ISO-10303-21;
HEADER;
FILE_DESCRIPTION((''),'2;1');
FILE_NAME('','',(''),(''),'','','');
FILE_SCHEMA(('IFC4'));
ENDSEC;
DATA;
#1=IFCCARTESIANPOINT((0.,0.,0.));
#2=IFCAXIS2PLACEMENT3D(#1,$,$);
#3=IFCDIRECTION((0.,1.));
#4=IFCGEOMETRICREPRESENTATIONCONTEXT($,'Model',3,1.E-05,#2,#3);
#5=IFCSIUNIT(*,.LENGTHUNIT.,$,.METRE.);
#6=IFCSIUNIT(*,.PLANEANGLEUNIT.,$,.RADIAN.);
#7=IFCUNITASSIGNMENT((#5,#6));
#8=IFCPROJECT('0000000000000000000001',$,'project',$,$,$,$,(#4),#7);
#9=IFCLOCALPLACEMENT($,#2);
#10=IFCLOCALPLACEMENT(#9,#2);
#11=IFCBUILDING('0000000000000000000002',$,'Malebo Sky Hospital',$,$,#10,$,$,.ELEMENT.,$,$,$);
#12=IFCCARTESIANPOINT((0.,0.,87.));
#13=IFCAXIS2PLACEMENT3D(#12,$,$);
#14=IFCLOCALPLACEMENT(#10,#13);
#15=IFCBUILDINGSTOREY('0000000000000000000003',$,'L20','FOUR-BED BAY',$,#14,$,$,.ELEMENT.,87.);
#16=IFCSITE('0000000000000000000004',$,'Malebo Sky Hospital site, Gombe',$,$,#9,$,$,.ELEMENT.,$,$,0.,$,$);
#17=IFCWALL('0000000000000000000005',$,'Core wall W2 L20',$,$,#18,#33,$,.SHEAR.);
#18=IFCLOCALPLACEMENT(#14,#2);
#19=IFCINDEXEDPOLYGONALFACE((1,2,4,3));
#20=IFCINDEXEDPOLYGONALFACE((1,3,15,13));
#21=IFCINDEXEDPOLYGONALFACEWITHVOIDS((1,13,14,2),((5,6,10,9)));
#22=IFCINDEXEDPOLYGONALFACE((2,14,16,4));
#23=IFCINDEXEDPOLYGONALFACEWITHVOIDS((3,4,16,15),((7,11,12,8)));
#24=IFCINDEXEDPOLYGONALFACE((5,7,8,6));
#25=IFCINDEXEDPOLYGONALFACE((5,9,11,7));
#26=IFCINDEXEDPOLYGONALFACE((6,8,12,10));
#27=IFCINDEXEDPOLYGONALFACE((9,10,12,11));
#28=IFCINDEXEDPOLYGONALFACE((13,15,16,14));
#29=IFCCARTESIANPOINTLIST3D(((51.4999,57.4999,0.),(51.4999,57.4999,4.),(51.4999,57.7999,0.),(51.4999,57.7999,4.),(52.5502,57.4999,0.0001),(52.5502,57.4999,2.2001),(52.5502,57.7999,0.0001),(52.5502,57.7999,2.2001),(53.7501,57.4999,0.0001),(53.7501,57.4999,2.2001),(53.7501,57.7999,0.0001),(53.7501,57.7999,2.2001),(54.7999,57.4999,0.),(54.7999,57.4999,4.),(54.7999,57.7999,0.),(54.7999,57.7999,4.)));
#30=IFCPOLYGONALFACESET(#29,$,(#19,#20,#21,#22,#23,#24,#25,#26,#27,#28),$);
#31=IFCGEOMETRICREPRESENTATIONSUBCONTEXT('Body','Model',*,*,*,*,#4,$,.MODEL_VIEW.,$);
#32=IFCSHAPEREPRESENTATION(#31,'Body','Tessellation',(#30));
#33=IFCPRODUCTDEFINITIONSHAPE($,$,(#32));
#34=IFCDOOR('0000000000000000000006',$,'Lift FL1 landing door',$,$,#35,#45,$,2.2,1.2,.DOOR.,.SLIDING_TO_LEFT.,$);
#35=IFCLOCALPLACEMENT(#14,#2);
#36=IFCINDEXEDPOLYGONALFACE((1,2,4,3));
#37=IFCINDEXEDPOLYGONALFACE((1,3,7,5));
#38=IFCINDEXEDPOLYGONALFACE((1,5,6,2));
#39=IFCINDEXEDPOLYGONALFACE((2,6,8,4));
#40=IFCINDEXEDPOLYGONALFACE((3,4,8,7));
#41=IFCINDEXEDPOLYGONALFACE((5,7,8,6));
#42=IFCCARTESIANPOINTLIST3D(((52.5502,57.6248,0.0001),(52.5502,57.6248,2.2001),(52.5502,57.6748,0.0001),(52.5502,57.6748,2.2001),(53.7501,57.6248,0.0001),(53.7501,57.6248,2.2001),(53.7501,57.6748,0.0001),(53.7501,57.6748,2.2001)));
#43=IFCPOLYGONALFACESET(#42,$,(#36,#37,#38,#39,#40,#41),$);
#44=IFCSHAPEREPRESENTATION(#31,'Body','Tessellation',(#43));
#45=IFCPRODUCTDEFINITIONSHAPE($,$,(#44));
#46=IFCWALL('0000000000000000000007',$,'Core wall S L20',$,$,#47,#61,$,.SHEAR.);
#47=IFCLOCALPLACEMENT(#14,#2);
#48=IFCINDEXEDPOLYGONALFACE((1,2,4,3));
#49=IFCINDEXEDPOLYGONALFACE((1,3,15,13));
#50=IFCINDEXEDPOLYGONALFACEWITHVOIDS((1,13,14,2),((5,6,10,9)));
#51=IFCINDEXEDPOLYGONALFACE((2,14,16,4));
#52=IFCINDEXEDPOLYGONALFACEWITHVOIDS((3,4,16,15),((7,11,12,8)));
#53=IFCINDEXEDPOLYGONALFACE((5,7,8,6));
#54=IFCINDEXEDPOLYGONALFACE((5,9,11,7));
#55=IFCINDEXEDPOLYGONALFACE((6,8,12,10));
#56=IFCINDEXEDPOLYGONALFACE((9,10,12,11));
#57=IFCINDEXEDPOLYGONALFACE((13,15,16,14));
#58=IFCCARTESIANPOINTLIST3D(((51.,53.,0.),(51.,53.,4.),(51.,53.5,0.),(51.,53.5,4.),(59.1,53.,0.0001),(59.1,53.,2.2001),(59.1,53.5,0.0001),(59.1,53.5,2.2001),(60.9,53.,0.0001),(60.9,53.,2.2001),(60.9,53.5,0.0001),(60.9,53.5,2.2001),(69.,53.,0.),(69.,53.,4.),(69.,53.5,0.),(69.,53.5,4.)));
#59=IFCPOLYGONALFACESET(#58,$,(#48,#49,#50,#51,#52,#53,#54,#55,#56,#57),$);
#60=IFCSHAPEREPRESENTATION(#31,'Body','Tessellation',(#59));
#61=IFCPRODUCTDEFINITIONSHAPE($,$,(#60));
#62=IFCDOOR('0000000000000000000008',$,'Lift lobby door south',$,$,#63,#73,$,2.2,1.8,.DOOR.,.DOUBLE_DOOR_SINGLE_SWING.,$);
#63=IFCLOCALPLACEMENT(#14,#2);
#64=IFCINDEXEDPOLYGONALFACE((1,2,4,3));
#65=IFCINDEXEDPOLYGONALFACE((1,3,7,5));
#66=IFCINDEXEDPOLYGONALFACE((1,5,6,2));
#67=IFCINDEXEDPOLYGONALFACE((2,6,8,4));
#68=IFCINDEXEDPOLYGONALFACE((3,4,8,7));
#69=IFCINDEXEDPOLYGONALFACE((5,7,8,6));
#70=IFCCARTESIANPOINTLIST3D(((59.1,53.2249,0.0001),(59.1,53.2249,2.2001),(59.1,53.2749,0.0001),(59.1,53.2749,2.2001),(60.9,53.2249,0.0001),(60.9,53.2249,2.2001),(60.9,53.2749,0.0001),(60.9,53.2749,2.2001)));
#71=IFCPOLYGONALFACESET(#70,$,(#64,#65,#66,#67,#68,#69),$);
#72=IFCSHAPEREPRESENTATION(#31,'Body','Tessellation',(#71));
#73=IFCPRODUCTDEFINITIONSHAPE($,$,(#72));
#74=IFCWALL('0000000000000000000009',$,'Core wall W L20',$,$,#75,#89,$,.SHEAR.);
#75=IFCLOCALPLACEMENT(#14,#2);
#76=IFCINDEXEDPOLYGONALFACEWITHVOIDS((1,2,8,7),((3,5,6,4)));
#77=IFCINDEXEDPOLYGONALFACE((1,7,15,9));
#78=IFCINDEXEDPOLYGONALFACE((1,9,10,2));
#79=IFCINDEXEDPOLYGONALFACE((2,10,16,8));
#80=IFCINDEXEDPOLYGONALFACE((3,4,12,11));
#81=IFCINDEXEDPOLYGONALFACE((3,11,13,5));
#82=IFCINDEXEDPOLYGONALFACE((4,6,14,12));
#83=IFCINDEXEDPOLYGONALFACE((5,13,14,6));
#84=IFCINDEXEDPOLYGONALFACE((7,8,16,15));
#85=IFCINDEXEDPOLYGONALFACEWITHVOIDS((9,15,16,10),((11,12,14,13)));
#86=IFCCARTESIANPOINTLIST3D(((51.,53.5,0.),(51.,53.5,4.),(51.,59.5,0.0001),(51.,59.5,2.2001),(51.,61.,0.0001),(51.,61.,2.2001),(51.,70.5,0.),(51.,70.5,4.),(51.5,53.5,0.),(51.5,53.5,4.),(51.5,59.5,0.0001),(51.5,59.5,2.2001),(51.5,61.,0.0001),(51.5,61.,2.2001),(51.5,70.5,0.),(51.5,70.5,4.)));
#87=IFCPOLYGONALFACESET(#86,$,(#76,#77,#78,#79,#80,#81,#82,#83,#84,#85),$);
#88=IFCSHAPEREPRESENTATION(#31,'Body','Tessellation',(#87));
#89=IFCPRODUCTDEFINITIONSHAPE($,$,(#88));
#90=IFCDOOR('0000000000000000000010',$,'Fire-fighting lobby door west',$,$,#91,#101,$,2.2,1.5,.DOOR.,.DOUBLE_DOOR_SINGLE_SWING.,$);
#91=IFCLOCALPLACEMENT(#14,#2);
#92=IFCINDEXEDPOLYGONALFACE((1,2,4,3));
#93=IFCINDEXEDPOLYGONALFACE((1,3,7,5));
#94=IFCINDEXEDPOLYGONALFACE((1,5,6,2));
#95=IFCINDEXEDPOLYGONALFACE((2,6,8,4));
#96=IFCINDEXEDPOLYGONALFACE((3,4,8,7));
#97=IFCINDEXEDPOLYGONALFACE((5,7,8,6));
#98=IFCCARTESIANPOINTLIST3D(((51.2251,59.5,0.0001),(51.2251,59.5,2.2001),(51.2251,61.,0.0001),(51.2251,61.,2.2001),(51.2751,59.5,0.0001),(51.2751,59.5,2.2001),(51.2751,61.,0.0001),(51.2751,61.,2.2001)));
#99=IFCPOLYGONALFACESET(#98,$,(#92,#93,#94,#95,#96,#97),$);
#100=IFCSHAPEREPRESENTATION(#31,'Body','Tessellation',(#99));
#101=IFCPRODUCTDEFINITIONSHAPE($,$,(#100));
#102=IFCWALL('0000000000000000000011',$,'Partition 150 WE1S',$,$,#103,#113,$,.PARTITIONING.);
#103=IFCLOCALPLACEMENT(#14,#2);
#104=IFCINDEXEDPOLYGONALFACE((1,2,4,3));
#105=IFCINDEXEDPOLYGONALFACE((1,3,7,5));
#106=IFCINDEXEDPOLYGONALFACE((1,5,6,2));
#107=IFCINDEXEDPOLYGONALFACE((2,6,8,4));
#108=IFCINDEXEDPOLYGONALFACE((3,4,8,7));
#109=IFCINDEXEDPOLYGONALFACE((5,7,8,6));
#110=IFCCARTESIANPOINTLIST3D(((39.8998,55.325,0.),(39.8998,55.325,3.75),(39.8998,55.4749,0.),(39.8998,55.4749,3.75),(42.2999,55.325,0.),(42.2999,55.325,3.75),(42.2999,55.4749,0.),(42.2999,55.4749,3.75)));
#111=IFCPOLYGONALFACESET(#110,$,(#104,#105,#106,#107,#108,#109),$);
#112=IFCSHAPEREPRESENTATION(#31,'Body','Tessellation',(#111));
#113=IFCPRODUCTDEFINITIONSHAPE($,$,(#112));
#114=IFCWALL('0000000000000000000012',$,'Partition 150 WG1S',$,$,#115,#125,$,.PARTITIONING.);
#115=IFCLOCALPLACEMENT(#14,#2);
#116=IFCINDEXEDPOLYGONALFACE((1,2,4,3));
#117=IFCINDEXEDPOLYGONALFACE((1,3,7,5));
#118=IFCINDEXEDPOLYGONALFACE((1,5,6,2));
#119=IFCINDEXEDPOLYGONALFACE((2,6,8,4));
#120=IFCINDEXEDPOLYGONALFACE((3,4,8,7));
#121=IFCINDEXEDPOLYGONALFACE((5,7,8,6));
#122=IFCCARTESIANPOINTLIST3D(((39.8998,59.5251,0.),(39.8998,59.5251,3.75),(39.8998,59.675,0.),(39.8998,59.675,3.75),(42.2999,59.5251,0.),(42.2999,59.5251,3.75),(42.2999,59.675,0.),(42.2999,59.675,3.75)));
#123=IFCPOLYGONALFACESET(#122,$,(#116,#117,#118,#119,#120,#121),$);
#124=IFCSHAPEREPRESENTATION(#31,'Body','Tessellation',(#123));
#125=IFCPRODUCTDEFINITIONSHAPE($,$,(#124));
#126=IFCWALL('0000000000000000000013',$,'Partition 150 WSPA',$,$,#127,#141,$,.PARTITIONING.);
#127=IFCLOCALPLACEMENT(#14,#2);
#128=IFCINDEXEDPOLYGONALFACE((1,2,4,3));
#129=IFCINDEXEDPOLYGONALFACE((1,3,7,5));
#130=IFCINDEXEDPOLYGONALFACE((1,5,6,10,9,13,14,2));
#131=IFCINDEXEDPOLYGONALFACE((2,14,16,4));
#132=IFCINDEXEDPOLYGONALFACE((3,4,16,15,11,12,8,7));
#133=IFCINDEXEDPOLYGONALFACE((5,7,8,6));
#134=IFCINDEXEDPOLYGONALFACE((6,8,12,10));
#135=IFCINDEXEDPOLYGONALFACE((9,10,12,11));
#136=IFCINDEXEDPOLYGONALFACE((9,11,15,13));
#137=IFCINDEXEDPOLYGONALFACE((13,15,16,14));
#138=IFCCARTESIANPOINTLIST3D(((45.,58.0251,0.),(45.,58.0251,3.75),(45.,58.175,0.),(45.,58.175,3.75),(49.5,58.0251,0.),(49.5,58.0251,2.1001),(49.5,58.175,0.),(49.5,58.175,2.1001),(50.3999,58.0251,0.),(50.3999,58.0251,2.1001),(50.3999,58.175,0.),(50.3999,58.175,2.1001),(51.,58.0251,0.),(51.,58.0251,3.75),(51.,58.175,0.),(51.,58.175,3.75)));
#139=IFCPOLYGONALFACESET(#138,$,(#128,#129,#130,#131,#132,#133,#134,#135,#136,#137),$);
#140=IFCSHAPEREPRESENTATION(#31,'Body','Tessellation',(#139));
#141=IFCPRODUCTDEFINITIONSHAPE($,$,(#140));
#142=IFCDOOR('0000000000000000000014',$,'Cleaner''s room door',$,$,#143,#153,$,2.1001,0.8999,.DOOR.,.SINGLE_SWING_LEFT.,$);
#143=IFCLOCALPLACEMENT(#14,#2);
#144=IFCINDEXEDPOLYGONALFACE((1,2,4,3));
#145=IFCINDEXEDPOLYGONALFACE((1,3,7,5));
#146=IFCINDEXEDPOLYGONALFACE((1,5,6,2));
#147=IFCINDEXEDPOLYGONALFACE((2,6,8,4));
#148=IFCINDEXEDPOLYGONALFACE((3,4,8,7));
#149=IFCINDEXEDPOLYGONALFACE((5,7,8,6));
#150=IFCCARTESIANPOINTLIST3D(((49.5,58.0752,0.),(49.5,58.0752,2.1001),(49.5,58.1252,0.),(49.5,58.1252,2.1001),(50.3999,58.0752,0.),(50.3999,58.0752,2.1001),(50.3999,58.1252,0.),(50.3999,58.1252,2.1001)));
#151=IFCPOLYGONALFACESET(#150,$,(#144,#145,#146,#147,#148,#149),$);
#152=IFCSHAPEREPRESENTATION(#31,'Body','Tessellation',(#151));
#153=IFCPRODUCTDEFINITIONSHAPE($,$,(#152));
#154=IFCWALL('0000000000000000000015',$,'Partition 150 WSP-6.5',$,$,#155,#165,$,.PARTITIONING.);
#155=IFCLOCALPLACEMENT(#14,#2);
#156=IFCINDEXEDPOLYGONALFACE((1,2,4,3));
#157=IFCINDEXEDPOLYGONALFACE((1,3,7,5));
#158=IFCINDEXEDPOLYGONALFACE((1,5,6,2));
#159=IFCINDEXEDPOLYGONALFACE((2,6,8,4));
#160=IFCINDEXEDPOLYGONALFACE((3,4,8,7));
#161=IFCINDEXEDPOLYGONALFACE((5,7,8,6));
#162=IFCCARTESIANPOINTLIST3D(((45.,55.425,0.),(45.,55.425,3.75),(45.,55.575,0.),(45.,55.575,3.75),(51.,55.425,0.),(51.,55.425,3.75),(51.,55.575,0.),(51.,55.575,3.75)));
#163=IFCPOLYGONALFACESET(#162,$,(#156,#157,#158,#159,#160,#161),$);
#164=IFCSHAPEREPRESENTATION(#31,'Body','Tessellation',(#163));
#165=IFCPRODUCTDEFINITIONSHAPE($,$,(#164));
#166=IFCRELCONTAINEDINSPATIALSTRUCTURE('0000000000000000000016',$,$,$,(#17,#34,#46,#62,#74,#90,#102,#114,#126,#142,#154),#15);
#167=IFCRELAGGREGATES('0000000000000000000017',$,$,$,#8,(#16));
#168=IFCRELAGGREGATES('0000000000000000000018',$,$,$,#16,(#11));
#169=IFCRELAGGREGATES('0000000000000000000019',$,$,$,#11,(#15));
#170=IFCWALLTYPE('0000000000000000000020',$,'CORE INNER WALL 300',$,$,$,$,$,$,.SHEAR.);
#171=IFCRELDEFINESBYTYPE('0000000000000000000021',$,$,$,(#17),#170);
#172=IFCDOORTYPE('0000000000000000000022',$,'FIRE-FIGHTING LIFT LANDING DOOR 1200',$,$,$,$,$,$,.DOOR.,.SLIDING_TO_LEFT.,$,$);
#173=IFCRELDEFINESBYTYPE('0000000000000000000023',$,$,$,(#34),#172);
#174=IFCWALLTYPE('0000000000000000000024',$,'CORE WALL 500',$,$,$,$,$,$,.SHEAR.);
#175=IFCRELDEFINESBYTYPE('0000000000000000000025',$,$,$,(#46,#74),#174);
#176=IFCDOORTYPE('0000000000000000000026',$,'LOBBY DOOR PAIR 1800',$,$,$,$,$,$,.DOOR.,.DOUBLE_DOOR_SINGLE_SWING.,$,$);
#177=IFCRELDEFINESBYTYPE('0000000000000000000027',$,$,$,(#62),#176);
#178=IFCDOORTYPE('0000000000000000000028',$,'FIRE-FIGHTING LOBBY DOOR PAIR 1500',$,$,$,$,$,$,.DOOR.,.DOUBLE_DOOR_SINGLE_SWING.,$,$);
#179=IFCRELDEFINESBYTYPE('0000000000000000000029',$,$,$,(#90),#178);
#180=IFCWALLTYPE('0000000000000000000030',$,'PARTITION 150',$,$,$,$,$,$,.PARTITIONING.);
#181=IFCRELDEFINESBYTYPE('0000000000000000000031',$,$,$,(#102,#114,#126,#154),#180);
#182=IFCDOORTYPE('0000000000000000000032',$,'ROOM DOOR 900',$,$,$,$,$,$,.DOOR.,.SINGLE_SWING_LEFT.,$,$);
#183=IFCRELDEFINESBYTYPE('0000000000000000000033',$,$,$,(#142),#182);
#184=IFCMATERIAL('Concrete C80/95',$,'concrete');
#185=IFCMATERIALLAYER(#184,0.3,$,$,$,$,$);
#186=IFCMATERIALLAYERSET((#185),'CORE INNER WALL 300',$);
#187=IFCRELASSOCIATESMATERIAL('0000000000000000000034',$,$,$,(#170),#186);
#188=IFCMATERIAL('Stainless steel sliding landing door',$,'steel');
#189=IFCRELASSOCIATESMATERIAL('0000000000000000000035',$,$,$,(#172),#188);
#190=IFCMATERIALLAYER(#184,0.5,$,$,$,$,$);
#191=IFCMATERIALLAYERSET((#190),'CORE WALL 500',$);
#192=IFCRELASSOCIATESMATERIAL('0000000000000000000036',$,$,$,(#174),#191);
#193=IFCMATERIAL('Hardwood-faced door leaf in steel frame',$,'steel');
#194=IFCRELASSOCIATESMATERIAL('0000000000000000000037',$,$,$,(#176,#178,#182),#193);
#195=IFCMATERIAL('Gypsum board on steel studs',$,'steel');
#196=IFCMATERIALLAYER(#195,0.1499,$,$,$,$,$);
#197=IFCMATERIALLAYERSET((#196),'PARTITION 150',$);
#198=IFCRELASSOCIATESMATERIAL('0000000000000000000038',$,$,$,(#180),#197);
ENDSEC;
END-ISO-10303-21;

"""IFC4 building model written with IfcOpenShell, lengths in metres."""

from ifc_helpers import new_model, si_unit, direction, frame, frame_2d, origin, place, context, subcontext, project, spatial, rectangle, extrude, material, layer, layer_set, type_object, element, fill, save


model = new_model("IFC4")

# Units and contexts
model_context = context("Model", 3, precision=1e-05, world=origin(), true_north=direction((0.0, 1.0)))
body_context = subcontext(model_context, "Body", "Model", "MODEL_VIEW")
ifc_project = project(units=[si_unit("LENGTHUNIT", "METRE"), si_unit("PLANEANGLEUNIT", "RADIAN")], contexts=[model_context])

# Site, building, storey
site_placement = place(None, origin())
site = spatial("IfcSite", under=ifc_project, at=site_placement, Name="Malebo Sky Hospital site, Gombe", CompositionType="ELEMENT", RefElevation=0.0)
building_placement = place(site_placement, origin())
building = spatial("IfcBuilding", under=site, at=building_placement, Name="Malebo Sky Hospital", CompositionType="ELEMENT")
storey_placement = place(building_placement, frame((0.0, 0.0, 87.0)))
storey = spatial("IfcBuildingStorey", under=building, at=storey_placement, Name="L20", Description="FOUR-BED BAY", CompositionType="ELEMENT", Elevation=87.0)

# Shared definitions
ifc_material_1 = material(Name="Concrete C80/95", Category="concrete")
ifc_material_2 = material(Name="Stainless steel sliding landing door", Category="steel")

# Shared definitions
ifc_layer_1 = layer(ifc_material_1, 0.3)
ifc_layer_set_1 = layer_set([ifc_layer_1], Name="CORE INNER WALL 300")
wall_type_1 = type_object("IfcWallType", Name="CORE INNER WALL 300", PredefinedType="SHEAR", material=ifc_layer_set_1)

# Walls, openings, doors
wall_1_placement = place(storey_placement, frame((51.5, 57.6499, 0.0), z_axis=(0.0, 0.0, 1.0), x_axis=(1.0, 0.0, 0.0)))
wall_1 = element("IfcWall", 1, at=wall_1_placement, inside=storey, type_object=wall_type_1, Name="Core wall W2 L20", PredefinedType="SHEAR", context=body_context, shape_type="SweptSolid", body=[
    extrude(rectangle(XDim=3.3, YDim=0.3, at=frame_2d((1.6499, 0.0))), origin(), (0.0, 0.0, 1.0), 4.0),
])
opening_1_placement = place(wall_1_placement, frame((1.05, 0.0, 0.0)))
opening_1 = element("IfcOpeningElement", 2, at=opening_1_placement, cuts=wall_1, PredefinedType="OPENING", context=body_context, shape_type="SweptSolid", body=[
    extrude(rectangle(XDim=1.2, YDim=2.2, at=frame_2d((0.6001, 1.1001))), frame((0.0, 0.1599, 0.0), z_axis=(0.0, -1.0, 0.0), x_axis=(1.0, 0.0, 0.0)), (0.0, 0.0, 1.0), 0.3201),
])
door_type_1 = type_object("IfcDoorType", Name="FIRE-FIGHTING LIFT LANDING DOOR 1200", OperationType="SLIDING_TO_LEFT", PredefinedType="DOOR", material=ifc_material_2)
door_1_placement = place(opening_1_placement, origin())
door_1 = element("IfcDoor", 3, at=door_1_placement, inside=storey, type_object=door_type_1, Name="Lift FL1 landing door", OperationType="SLIDING_TO_LEFT", OverallHeight=2.2, OverallWidth=1.2, PredefinedType="DOOR", context=body_context, shape_type="SweptSolid", body=[
    extrude(rectangle(XDim=1.2, YDim=2.2, at=frame_2d((0.6001, 1.1001))), frame((0.0, 0.0249, 0.0), z_axis=(0.0, -1.0, 0.0), x_axis=(1.0, 0.0, 0.0)), (0.0, 0.0, 1.0), 0.05),
])
fill(opening_1, door_1)
ifc_layer_2 = layer(ifc_material_1, 0.5)
ifc_layer_set_2 = layer_set([ifc_layer_2], Name="CORE WALL 500")
wall_type_2 = type_object("IfcWallType", Name="CORE WALL 500", PredefinedType="SHEAR", material=ifc_layer_set_2)
wall_2_placement = place(storey_placement, frame((51.0, 53.25, 0.0), z_axis=(0.0, 0.0, 1.0), x_axis=(1.0, 0.0, 0.0)))
wall_2 = element("IfcWall", 4, at=wall_2_placement, inside=storey, type_object=wall_type_2, Name="Core wall S L20", PredefinedType="SHEAR", context=body_context, shape_type="SweptSolid", body=[
    extrude(rectangle(XDim=18.0, YDim=0.5, at=frame_2d((9.0, 0.0))), origin(), (0.0, 0.0, 1.0), 4.0),
])
opening_2_placement = place(wall_2_placement, frame((8.1001, 0.0, 0.0)))
opening_2 = element("IfcOpeningElement", 5, at=opening_2_placement, cuts=wall_2, PredefinedType="OPENING", context=body_context, shape_type="SweptSolid", body=[
    extrude(rectangle(XDim=1.8, YDim=2.2, at=frame_2d((0.8999, 1.1001))), frame((0.0, 0.26, 0.0), z_axis=(0.0, -1.0, 0.0), x_axis=(1.0, 0.0, 0.0)), (0.0, 0.0, 1.0), 0.52),
])
ifc_material_3 = material(Name="Hardwood-faced door leaf in steel frame", Category="steel")
door_type_2 = type_object("IfcDoorType", Name="LOBBY DOOR PAIR 1800", OperationType="DOUBLE_DOOR_SINGLE_SWING", PredefinedType="DOOR", material=ifc_material_3)
door_2_placement = place(opening_2_placement, origin())
door_2 = element("IfcDoor", 6, at=door_2_placement, inside=storey, type_object=door_type_2, Name="Lift lobby door south", OperationType="DOUBLE_DOOR_SINGLE_SWING", OverallHeight=2.2, OverallWidth=1.8, PredefinedType="DOOR", context=body_context, shape_type="SweptSolid", body=[
    extrude(rectangle(XDim=1.8, YDim=2.2, at=frame_2d((0.8999, 1.1001))), frame((0.0, 0.0249, 0.0), z_axis=(0.0, -1.0, 0.0), x_axis=(1.0, 0.0, 0.0)), (0.0, 0.0, 1.0), 0.05),
])
fill(opening_2, door_2)
wall_3_placement = place(storey_placement, frame((51.25, 53.5, 0.0), z_axis=(0.0, 0.0, 1.0), x_axis=(0.0, 1.0, 0.0)))
wall_3 = element("IfcWall", 7, at=wall_3_placement, inside=storey, type_object=wall_type_2, Name="Core wall W L20", PredefinedType="SHEAR", context=body_context, shape_type="SweptSolid", body=[
    extrude(rectangle(XDim=17.0, YDim=0.5, at=frame_2d((8.5, 0.0))), origin(), (0.0, 0.0, 1.0), 4.0),
])
opening_3_placement = place(wall_3_placement, frame((6.0, 0.0, 0.0)))
opening_3 = element("IfcOpeningElement", 8, at=opening_3_placement, cuts=wall_3, PredefinedType="OPENING", context=body_context, shape_type="SweptSolid", body=[
    extrude(rectangle(XDim=1.5, YDim=2.2, at=frame_2d((0.75, 1.1001))), frame((0.0, 0.26, 0.0), z_axis=(0.0, -1.0, 0.0), x_axis=(1.0, 0.0, 0.0)), (0.0, 0.0, 1.0), 0.52),
])
door_type_3 = type_object("IfcDoorType", Name="FIRE-FIGHTING LOBBY DOOR PAIR 1500", OperationType="DOUBLE_DOOR_SINGLE_SWING", PredefinedType="DOOR", material=ifc_material_3)
door_3_placement = place(opening_3_placement, origin())
door_3 = element("IfcDoor", 9, at=door_3_placement, inside=storey, type_object=door_type_3, Name="Fire-fighting lobby door west", OperationType="DOUBLE_DOOR_SINGLE_SWING", OverallHeight=2.2, OverallWidth=1.5, PredefinedType="DOOR", context=body_context, shape_type="SweptSolid", body=[
    extrude(rectangle(XDim=1.5, YDim=2.2, at=frame_2d((0.75, 1.1001))), frame((0.0, 0.0249, 0.0), z_axis=(0.0, -1.0, 0.0), x_axis=(1.0, 0.0, 0.0)), (0.0, 0.0, 1.0), 0.05),
])
fill(opening_3, door_3)

# Walls
ifc_material_4 = material(Name="Gypsum board on steel studs", Category="steel")
ifc_layer_3 = layer(ifc_material_4, 0.1499)
ifc_layer_set_3 = layer_set([ifc_layer_3], Name="PARTITION 150")
wall_type_3 = type_object("IfcWallType", Name="PARTITION 150", PredefinedType="PARTITIONING", material=ifc_layer_set_3)
for number, where, z_axis, x_axis, name in (
    (10, (42.3, 55.3999, 0.0), (0.0, 0.0, 1.0), (-1.0, 0.0, 0.0), "Partition 150 WE1S"),
    (11, (42.3, 59.6001, 0.0), (0.0, 0.0, 1.0), (-1.0, 0.0, 0.0), "Partition 150 WG1S"),
):
    element("IfcWall", number, at=place(storey_placement, frame(where, z_axis=z_axis, x_axis=x_axis)), inside=storey, type_object=wall_type_3, Name=name, PredefinedType="PARTITIONING", context=body_context, shape_type="SweptSolid", body=[
        extrude(rectangle(XDim=2.4001, YDim=0.1499, at=frame_2d((1.2002, 0.0))), origin(), (0.0, 0.0, 1.0), 3.75),
    ])

# Wall, opening, door
wall_4_placement = place(storey_placement, frame((51.0, 58.1001, 0.0), z_axis=(0.0, 0.0, 1.0), x_axis=(-1.0, 0.0, 0.0)))
wall_4 = element("IfcWall", 12, at=wall_4_placement, inside=storey, type_object=wall_type_3, Name="Partition 150 WSPA", PredefinedType="PARTITIONING", context=body_context, shape_type="SweptSolid", body=[
    extrude(rectangle(XDim=6.0, YDim=0.1499, at=frame_2d((3.0, 0.0))), origin(), (0.0, 0.0, 1.0), 3.75),
])
opening_4_placement = place(wall_4_placement, frame((0.6001, 0.0, 0.0)))
opening_4 = element("IfcOpeningElement", 13, at=opening_4_placement, cuts=wall_4, PredefinedType="OPENING", context=body_context, shape_type="SweptSolid", body=[
    extrude(rectangle(XDim=0.8999, YDim=2.1001, at=frame_2d((0.45, 1.05))), frame((0.0, 0.085, 0.0), z_axis=(0.0, -1.0, 0.0), x_axis=(1.0, 0.0, 0.0)), (0.0, 0.0, 1.0), 0.1699),
])
door_type_4 = type_object("IfcDoorType", Name="ROOM DOOR 900", OperationType="SINGLE_SWING_LEFT", PredefinedType="DOOR", material=ifc_material_3)
door_4_placement = place(opening_4_placement, origin())
door_4 = element("IfcDoor", 14, at=door_4_placement, inside=storey, type_object=door_type_4, Name="Cleaner's room door", OperationType="SINGLE_SWING_LEFT", OverallHeight=2.1001, OverallWidth=0.8999, PredefinedType="DOOR", context=body_context, shape_type="SweptSolid", body=[
    extrude(rectangle(XDim=0.8999, YDim=2.1001, at=frame_2d((0.45, 1.05))), frame((0.0, 0.0249, 0.0), z_axis=(0.0, -1.0, 0.0), x_axis=(1.0, 0.0, 0.0)), (0.0, 0.0, 1.0), 0.05),
])
fill(opening_4, door_4)

# Wall
wall_5_placement = place(storey_placement, frame((51.0, 55.5, 0.0), z_axis=(0.0, 0.0, 1.0), x_axis=(-1.0, 0.0, 0.0)))
element("IfcWall", 15, at=wall_5_placement, inside=storey, type_object=wall_type_3, Name="Partition 150 WSP-6.5", PredefinedType="PARTITIONING", context=body_context, shape_type="SweptSolid", body=[
    extrude(rectangle(XDim=6.0, YDim=0.1499, at=frame_2d((3.0, 0.0))), origin(), (0.0, 0.0, 1.0), 3.75),
])

save(model, "model.ifc")
